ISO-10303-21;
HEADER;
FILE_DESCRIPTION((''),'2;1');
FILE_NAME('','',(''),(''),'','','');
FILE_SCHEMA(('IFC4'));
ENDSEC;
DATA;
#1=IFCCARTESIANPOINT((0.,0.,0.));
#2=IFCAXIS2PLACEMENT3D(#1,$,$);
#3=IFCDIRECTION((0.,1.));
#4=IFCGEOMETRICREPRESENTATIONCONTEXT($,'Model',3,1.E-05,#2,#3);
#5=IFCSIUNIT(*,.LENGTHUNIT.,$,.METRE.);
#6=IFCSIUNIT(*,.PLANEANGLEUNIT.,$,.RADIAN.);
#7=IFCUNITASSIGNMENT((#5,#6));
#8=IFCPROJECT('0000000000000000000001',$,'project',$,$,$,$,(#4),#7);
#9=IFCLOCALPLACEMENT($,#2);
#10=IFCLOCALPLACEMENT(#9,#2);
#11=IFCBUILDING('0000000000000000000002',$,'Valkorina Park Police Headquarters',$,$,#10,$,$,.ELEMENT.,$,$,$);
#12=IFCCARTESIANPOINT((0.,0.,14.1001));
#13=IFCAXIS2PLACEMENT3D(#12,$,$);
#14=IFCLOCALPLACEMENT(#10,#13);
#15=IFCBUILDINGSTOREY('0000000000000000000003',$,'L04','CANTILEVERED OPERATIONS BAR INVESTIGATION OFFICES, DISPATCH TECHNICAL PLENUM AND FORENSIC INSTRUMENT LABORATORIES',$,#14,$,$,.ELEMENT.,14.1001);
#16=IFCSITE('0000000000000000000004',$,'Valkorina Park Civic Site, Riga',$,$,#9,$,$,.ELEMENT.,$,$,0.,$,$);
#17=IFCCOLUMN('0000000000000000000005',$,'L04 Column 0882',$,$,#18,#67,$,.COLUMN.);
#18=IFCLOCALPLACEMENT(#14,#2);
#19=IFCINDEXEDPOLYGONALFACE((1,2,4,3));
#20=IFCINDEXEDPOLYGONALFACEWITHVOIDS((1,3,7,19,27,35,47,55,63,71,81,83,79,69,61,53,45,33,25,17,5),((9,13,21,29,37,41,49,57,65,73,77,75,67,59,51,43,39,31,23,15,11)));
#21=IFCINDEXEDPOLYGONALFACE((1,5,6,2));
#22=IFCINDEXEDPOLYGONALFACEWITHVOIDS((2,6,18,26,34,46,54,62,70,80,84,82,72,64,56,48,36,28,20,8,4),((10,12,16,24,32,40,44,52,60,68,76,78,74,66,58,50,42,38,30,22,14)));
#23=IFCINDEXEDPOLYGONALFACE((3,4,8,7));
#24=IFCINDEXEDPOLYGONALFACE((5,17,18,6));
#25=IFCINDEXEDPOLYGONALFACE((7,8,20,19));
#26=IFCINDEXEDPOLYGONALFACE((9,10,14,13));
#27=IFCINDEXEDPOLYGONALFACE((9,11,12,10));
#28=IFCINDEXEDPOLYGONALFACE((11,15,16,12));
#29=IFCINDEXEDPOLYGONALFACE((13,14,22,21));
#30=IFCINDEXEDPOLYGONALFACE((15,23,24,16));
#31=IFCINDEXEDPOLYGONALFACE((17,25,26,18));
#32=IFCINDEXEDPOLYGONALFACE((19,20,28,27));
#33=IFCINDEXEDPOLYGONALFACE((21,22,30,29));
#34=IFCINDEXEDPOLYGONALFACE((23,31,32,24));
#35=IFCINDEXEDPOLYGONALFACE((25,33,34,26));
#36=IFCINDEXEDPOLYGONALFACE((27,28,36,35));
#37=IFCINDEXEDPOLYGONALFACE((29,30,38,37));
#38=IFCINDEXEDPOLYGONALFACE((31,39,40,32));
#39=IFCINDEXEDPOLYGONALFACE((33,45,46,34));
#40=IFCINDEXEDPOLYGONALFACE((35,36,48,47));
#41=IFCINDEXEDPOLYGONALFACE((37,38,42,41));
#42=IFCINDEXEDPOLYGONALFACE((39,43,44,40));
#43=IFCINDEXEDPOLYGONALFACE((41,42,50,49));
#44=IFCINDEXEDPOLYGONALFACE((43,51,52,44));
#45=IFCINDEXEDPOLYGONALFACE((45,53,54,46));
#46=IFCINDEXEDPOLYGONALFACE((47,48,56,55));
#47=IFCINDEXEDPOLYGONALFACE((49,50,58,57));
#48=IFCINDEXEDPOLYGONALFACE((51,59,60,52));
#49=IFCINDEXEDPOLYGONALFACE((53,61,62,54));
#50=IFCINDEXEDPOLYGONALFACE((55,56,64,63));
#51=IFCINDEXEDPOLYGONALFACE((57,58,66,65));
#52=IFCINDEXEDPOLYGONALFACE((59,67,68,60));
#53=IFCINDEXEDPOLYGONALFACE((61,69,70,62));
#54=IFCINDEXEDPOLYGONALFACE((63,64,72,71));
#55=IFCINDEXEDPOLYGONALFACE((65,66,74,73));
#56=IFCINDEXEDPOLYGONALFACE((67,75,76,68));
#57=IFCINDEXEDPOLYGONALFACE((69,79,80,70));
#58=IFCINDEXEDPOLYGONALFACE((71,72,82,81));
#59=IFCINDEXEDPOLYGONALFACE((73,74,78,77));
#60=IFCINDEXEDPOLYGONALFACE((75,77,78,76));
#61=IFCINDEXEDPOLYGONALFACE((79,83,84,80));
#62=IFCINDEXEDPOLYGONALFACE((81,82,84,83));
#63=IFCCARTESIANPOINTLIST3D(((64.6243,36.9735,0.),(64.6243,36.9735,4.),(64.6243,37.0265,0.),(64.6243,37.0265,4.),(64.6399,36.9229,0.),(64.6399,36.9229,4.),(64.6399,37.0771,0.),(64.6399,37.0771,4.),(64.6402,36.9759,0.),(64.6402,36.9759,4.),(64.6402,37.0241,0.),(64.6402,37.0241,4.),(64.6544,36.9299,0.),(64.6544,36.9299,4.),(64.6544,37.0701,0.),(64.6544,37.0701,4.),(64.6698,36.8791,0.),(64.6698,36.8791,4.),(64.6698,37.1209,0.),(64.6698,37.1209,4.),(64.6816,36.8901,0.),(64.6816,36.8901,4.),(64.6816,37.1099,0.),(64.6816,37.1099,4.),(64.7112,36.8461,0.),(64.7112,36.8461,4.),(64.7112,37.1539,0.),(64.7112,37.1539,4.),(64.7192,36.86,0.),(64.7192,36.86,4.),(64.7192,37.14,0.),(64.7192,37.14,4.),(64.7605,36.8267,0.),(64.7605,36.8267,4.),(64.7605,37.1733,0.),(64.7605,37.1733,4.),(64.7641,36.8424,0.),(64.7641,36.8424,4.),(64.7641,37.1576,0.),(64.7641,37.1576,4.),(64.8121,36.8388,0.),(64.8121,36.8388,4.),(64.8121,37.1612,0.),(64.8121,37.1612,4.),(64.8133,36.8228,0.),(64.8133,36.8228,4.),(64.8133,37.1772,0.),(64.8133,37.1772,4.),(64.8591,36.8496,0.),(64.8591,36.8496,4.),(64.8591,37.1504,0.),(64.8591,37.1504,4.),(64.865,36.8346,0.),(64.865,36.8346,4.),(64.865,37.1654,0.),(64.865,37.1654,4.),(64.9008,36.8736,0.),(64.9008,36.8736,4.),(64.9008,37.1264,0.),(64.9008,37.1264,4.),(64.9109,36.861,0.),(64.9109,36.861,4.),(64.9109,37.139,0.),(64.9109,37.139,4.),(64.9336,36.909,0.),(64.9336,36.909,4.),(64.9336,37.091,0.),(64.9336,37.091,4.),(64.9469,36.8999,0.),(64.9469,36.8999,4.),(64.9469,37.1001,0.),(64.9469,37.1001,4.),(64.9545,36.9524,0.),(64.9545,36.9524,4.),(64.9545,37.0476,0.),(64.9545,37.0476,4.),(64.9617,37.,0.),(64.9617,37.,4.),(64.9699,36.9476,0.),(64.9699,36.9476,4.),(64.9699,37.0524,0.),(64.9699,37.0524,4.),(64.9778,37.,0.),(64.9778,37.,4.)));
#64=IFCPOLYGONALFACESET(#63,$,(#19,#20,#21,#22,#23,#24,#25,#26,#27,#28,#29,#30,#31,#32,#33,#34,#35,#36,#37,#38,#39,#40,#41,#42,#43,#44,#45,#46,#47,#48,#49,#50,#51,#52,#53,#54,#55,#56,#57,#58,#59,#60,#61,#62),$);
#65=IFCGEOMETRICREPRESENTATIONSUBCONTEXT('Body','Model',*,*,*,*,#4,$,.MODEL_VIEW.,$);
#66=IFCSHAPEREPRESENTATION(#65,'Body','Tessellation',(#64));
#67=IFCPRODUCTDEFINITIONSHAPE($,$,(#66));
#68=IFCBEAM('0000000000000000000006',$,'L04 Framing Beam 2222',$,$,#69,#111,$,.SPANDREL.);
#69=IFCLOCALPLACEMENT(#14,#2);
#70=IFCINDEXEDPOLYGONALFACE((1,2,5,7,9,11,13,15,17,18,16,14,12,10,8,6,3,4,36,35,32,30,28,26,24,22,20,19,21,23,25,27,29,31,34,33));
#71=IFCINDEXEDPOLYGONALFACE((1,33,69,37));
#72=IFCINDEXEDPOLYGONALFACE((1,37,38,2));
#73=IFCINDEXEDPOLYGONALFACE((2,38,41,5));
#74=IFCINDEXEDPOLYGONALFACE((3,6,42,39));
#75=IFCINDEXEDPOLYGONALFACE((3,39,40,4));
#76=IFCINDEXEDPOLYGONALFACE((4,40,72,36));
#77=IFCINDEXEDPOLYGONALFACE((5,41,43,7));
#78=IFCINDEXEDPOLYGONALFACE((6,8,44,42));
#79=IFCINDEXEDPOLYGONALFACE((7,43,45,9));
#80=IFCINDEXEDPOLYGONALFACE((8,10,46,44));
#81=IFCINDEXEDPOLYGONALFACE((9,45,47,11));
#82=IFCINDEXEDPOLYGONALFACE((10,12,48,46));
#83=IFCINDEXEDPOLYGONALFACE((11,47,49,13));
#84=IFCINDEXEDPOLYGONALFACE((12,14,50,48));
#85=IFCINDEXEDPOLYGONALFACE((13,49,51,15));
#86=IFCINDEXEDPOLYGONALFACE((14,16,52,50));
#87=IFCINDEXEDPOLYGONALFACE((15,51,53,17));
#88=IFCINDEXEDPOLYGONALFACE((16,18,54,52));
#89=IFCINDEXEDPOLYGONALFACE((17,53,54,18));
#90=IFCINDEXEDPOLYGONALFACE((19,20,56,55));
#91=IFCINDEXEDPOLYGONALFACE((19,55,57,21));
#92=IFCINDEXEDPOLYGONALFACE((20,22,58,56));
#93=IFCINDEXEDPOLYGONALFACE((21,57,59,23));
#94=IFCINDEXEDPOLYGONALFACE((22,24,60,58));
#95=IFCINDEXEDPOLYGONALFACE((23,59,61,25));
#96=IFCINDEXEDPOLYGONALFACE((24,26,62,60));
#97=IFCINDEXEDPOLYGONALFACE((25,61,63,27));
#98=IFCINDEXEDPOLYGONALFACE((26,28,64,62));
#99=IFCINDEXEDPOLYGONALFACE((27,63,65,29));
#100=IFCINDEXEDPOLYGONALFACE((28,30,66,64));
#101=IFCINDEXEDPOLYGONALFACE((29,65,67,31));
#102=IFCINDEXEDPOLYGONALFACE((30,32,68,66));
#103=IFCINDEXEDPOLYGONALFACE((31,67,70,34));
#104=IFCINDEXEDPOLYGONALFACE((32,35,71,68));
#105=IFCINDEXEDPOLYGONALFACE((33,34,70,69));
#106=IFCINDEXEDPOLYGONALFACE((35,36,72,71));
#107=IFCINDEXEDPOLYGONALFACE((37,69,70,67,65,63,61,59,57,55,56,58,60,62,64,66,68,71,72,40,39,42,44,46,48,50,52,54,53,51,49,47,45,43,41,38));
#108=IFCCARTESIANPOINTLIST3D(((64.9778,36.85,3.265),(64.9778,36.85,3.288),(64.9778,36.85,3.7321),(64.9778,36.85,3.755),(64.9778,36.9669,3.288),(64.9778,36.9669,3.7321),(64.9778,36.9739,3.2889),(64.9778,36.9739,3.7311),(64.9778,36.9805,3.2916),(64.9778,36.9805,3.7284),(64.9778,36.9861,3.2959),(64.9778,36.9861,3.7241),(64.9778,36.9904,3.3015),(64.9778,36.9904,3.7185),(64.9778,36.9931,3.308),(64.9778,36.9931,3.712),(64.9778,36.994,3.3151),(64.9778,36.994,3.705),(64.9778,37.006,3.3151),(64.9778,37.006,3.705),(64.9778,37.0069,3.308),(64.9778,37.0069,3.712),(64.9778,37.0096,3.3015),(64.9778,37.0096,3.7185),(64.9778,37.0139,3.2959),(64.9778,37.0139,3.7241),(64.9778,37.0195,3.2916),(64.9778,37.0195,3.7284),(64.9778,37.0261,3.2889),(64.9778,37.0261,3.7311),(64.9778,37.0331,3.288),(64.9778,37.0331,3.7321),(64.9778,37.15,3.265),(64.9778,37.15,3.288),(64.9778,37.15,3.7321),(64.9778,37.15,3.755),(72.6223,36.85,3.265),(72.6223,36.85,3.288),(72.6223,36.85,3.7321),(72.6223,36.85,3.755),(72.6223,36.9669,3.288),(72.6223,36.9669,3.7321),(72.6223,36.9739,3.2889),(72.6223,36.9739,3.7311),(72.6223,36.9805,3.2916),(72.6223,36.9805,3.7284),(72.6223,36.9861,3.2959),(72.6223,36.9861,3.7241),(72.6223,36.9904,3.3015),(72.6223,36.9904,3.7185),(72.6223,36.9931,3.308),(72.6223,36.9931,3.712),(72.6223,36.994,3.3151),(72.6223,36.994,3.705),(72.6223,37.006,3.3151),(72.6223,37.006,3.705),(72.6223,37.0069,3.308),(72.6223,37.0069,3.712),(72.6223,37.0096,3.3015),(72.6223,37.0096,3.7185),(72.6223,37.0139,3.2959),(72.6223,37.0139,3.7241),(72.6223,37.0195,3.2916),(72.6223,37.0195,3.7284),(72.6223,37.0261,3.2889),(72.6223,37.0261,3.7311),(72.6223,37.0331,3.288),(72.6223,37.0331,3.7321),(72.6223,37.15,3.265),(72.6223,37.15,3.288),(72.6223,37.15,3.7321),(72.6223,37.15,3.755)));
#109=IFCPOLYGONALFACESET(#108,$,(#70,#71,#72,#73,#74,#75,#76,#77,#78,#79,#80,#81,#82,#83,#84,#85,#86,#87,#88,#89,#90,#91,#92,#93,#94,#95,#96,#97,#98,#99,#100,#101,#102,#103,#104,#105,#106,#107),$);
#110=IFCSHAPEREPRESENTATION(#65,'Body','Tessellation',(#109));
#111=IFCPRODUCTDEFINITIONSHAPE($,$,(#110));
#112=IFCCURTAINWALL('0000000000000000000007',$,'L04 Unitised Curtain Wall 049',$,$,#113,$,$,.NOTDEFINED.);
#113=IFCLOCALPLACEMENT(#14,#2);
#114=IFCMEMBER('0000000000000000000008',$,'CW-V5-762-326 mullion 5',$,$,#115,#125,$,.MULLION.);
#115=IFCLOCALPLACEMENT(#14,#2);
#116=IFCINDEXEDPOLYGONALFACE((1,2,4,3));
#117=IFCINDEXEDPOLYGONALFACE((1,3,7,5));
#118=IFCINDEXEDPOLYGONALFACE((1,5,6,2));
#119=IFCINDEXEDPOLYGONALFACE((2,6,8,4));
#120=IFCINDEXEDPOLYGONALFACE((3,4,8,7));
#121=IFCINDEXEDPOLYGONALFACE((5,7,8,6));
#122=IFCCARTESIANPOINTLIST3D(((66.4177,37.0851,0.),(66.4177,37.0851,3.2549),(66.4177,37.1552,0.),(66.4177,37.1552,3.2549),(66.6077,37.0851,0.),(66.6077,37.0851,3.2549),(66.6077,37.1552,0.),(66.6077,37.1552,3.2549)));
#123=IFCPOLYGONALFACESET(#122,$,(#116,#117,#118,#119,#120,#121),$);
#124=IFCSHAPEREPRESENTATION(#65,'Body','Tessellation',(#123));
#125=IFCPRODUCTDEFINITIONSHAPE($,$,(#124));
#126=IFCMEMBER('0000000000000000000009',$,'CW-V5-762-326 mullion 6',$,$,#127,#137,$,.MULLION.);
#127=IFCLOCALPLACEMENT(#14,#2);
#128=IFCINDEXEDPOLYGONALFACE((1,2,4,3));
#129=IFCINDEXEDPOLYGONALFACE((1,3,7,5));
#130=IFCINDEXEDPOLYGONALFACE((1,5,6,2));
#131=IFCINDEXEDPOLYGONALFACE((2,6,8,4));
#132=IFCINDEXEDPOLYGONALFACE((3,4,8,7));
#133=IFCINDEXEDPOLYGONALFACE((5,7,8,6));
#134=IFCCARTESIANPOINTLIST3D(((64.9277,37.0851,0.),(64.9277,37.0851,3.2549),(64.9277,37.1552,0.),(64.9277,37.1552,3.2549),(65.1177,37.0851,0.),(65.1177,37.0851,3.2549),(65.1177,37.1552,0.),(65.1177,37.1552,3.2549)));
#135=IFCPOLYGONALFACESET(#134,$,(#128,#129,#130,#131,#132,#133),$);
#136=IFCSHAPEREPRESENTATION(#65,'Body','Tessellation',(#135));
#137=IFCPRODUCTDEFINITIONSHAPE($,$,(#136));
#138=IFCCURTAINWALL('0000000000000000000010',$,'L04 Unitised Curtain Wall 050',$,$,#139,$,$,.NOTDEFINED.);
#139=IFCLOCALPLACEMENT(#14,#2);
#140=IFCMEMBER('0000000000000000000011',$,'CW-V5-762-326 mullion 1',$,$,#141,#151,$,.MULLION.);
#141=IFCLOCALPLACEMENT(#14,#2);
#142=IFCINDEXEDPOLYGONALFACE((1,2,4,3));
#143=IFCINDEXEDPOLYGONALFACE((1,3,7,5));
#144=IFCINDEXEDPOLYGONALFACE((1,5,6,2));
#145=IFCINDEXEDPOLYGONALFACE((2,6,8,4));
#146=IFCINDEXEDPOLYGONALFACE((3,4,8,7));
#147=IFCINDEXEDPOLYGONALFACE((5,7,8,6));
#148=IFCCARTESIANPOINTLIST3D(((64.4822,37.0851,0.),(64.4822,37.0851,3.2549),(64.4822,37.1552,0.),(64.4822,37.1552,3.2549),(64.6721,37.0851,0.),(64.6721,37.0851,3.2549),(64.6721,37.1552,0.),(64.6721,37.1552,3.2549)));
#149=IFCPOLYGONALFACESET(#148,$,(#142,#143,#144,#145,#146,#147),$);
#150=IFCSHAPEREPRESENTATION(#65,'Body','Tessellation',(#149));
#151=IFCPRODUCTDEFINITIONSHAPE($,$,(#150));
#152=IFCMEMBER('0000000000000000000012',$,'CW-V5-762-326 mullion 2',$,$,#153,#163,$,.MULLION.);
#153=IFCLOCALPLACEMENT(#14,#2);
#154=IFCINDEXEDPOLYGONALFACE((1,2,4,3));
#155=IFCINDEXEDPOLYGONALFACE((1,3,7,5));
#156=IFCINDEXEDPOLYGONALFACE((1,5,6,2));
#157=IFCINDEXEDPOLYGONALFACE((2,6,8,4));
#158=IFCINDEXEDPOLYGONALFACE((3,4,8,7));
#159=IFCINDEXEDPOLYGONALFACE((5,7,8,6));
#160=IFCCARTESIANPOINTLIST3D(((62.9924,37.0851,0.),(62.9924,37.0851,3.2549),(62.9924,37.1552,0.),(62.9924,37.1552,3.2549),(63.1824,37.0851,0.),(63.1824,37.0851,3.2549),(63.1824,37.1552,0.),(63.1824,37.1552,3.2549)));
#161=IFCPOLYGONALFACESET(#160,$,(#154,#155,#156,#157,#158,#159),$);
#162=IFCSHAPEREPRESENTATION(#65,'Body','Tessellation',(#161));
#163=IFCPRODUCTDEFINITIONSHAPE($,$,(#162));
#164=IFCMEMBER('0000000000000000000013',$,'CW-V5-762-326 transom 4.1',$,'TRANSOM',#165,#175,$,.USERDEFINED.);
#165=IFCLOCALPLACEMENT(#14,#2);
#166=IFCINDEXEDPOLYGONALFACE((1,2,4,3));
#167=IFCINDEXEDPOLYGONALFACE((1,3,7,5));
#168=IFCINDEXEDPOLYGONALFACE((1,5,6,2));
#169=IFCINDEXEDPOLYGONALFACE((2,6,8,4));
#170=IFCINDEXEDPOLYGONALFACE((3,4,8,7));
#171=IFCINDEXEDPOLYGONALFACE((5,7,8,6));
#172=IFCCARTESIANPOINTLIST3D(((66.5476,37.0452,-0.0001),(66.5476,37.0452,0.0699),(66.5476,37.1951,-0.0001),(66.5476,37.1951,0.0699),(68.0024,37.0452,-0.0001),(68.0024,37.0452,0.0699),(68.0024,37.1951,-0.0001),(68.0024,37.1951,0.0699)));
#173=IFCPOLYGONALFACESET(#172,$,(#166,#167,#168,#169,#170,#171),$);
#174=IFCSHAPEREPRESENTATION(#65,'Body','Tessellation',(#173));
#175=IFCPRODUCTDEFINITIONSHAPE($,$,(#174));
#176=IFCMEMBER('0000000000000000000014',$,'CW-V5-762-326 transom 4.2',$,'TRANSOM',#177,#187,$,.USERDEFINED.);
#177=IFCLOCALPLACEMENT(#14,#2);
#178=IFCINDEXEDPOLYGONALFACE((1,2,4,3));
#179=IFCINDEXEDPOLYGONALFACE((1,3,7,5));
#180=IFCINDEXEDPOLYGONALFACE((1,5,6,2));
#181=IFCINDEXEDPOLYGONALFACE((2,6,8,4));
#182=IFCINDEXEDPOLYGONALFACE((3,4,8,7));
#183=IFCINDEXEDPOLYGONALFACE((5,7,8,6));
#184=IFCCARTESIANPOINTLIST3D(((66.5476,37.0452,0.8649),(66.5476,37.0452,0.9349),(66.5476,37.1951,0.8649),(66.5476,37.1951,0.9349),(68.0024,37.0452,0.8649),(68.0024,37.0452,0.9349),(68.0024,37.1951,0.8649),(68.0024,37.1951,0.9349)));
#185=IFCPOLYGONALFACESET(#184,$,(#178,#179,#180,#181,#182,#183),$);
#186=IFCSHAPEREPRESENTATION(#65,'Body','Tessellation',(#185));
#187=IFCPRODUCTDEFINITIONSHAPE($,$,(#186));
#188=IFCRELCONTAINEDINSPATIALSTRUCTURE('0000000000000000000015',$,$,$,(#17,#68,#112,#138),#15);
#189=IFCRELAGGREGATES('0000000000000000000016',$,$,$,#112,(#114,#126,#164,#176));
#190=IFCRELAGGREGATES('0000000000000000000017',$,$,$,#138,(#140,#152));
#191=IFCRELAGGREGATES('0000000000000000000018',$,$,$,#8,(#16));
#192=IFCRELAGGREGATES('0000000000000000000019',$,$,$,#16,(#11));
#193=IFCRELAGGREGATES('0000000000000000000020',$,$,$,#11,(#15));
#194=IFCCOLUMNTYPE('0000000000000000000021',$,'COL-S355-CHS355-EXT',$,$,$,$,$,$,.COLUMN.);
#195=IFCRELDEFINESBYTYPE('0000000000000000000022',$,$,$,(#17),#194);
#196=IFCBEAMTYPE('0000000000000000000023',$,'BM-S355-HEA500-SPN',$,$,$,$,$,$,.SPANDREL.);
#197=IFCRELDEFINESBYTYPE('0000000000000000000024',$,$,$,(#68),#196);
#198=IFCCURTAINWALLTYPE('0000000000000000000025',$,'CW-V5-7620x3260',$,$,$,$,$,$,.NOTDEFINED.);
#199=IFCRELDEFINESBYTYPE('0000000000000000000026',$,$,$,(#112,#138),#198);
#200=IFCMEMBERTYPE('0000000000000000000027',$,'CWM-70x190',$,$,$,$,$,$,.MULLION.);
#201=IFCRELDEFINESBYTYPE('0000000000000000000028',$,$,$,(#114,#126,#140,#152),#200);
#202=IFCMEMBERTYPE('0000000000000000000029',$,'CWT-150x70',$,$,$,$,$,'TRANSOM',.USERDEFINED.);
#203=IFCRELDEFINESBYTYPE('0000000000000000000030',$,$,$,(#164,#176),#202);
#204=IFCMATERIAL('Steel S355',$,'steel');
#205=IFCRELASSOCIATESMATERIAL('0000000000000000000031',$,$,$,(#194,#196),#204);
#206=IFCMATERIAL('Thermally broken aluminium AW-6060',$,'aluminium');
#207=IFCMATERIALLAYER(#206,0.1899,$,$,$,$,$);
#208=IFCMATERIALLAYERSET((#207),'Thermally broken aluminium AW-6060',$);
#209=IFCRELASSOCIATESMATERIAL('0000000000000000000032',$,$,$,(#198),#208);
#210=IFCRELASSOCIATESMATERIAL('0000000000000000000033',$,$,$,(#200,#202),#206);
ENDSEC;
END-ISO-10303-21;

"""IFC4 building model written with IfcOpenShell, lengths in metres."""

from ifc_helpers import new_model, si_unit, direction, frame, origin, origin_2d, place, context, subcontext, project, spatial, rectangle, hollow_circle, i_section, extrude, material, layer, layer_set, material_profile, profile_set, type_object, element, aggregate, save


model = new_model("IFC4")

# Units and contexts
model_context = context("Model", 3, precision=1e-05, world=origin(), true_north=direction((0.0, 1.0)))
body_context = subcontext(model_context, "Body", "Model", "MODEL_VIEW")
ifc_project = project(units=[si_unit("LENGTHUNIT", "METRE"), si_unit("PLANEANGLEUNIT", "RADIAN")], contexts=[model_context])

# Site, building, storey
site_placement = place(None, origin())
site = spatial("IfcSite", under=ifc_project, at=site_placement, Name="Valkorina Park Civic Site, Riga", CompositionType="ELEMENT", RefElevation=0.0)
building_placement = place(site_placement, origin())
building = spatial("IfcBuilding", under=site, at=building_placement, Name="Valkorina Park Police Headquarters", CompositionType="ELEMENT")
storey_placement = place(building_placement, frame((0.0, 0.0, 14.1001)))
storey = spatial("IfcBuildingStorey", under=building, at=storey_placement, Name="L04", Description="CANTILEVERED OPERATIONS BAR INVESTIGATION OFFICES, DISPATCH TECHNICAL PLENUM AND FORENSIC INSTRUMENT LABORATORIES", CompositionType="ELEMENT", Elevation=14.1001)

# Column
ifc_material_1 = material(Name="Steel S355", Category="steel")
ifc_material_profile_1 = material_profile(ifc_material_1, hollow_circle(Radius=0.1777, WallThickness=0.0161, at=origin_2d()), Name="CHS 355.6x16")
ifc_profile_set_1 = profile_set([ifc_material_profile_1], Name="Steel S355")
column_type = type_object("IfcColumnType", Name="COL-S355-CHS355-EXT", PredefinedType="COLUMN", material=ifc_profile_set_1)
column_placement = place(storey_placement, frame((64.8, 37.0, 0.0), z_axis=(0.0, 0.0, 1.0), x_axis=(1.0, 0.0, 0.0)))
element("IfcColumn", 1, at=column_placement, inside=storey, type_object=column_type, Name="L04 Column 0882", PredefinedType="COLUMN", context=body_context, shape_type="SweptSolid", body=[
    extrude(hollow_circle(Radius=0.1777, WallThickness=0.0161, at=origin_2d()), origin(), (0.0, 0.0, 1.0), 4.0),
])

# Beam
ifc_material_profile_2 = material_profile(ifc_material_1, i_section(OverallWidth=0.3, OverallDepth=0.49, WebThickness=0.012, FlangeThickness=0.0229, FilletRadius=0.0271, at=origin_2d()), Name="HEA 500")
ifc_profile_set_2 = profile_set([ifc_material_profile_2], Name="Steel S355")
beam_type = type_object("IfcBeamType", Name="BM-S355-HEA500-SPN", PredefinedType="SPANDREL", material=ifc_profile_set_2)
beam_placement = place(storey_placement, frame((64.9778, 37.0, 3.51), z_axis=(1.0, 0.0, 0.0), x_axis=(0.0, 1.0, 0.0)))
element("IfcBeam", 2, at=beam_placement, inside=storey, type_object=beam_type, Name="L04 Framing Beam 2222", PredefinedType="SPANDREL", context=body_context, shape_type="SweptSolid", body=[
    extrude(i_section(OverallWidth=0.3, OverallDepth=0.49, WebThickness=0.012, FlangeThickness=0.0229, FilletRadius=0.0271, at=origin_2d()), origin(), (0.0, 0.0, 1.0), 7.6445),
])

# Curtain walls, members
ifc_material_2 = material(Name="Thermally broken aluminium AW-6060", Category="aluminium")
ifc_layer_1 = layer(ifc_material_2, 0.1899)
ifc_layer_set_1 = layer_set([ifc_layer_1], Name="Thermally broken aluminium AW-6060")
curtain_wall_type = type_object("IfcCurtainWallType", Name="CW-V5-7620x3260", PredefinedType="NOTDEFINED", material=ifc_layer_set_1)
curtain_wall_1_placement = place(storey_placement, origin())
curtain_wall_1 = element("IfcCurtainWall", 3, at=curtain_wall_1_placement, inside=storey, type_object=curtain_wall_type, Name="L04 Unitised Curtain Wall 049", PredefinedType="NOTDEFINED")
ifc_material_profile_3 = material_profile(ifc_material_2, rectangle(XDim=0.0701, YDim=0.1899, at=origin_2d()), Name="CWM-02 70x190")
ifc_profile_set_3 = profile_set([ifc_material_profile_3], Name="Thermally broken aluminium AW-6060")
member_type_1 = type_object("IfcMemberType", Name="CWM-70x190", PredefinedType="MULLION", material=ifc_profile_set_3)
member_1_placement = place(storey_placement, frame((66.5127, 37.1201, 0.0), z_axis=(0.0, 0.0, 1.0), x_axis=(0.0, -1.0, 0.0)))
member_1 = element("IfcMember", 4, at=member_1_placement, type_object=member_type_1, Name="CW-V5-762-326 mullion 5", PredefinedType="MULLION", context=body_context, shape_type="SweptSolid", body=[
    extrude(rectangle(XDim=0.0701, YDim=0.1899, at=origin_2d()), origin(), (0.0, 0.0, 1.0), 3.2549),
])
member_2_placement = place(storey_placement, frame((65.0227, 37.1201, 0.0), z_axis=(0.0, 0.0, 1.0), x_axis=(0.0, -1.0, 0.0)))
member_2 = element("IfcMember", 5, at=member_2_placement, type_object=member_type_1, Name="CW-V5-762-326 mullion 6", PredefinedType="MULLION", context=body_context, shape_type="SweptSolid", body=[
    extrude(rectangle(XDim=0.0701, YDim=0.1899, at=origin_2d()), origin(), (0.0, 0.0, 1.0), 3.2549),
])
curtain_wall_2_placement = place(storey_placement, origin())
curtain_wall_2 = element("IfcCurtainWall", 6, at=curtain_wall_2_placement, inside=storey, type_object=curtain_wall_type, Name="L04 Unitised Curtain Wall 050", PredefinedType="NOTDEFINED")
member_3_placement = place(storey_placement, frame((64.5771, 37.1201, 0.0), z_axis=(0.0, 0.0, 1.0), x_axis=(0.0, -1.0, 0.0)))
member_3 = element("IfcMember", 7, at=member_3_placement, type_object=member_type_1, Name="CW-V5-762-326 mullion 1", PredefinedType="MULLION", context=body_context, shape_type="SweptSolid", body=[
    extrude(rectangle(XDim=0.0701, YDim=0.1899, at=origin_2d()), origin(), (0.0, 0.0, 1.0), 3.2549),
])
member_4_placement = place(storey_placement, frame((63.0874, 37.1201, 0.0), z_axis=(0.0, 0.0, 1.0), x_axis=(0.0, -1.0, 0.0)))
member_4 = element("IfcMember", 8, at=member_4_placement, type_object=member_type_1, Name="CW-V5-762-326 mullion 2", PredefinedType="MULLION", context=body_context, shape_type="SweptSolid", body=[
    extrude(rectangle(XDim=0.0701, YDim=0.1899, at=origin_2d()), origin(), (0.0, 0.0, 1.0), 3.2549),
])

# Members
ifc_material_profile_4 = material_profile(ifc_material_2, rectangle(XDim=0.1499, YDim=0.0701, at=origin_2d()), Name="CWT-02 150x70")
ifc_profile_set_4 = profile_set([ifc_material_profile_4], Name="Thermally broken aluminium AW-6060")
member_type_2 = type_object("IfcMemberType", Name="CWT-150x70", ElementType="TRANSOM", PredefinedType="USERDEFINED", material=ifc_profile_set_4)
member_5_placement = place(storey_placement, frame((68.0024, 37.1201, 0.0349), z_axis=(-1.0, 0.0, 0.0), x_axis=(0.0, -1.0, 0.0)))
member_5 = element("IfcMember", 9, at=member_5_placement, type_object=member_type_2, Name="CW-V5-762-326 transom 4.1", ObjectType="TRANSOM", PredefinedType="USERDEFINED", context=body_context, shape_type="SweptSolid", body=[
    extrude(rectangle(XDim=0.1499, YDim=0.0701, at=origin_2d()), origin(), (0.0, 0.0, 1.0), 1.4548),
])
member_6_placement = place(storey_placement, frame((68.0024, 37.1201, 0.8999), z_axis=(-1.0, 0.0, 0.0), x_axis=(0.0, -1.0, 0.0)))
member_6 = element("IfcMember", 10, at=member_6_placement, type_object=member_type_2, Name="CW-V5-762-326 transom 4.2", ObjectType="TRANSOM", PredefinedType="USERDEFINED", context=body_context, shape_type="SweptSolid", body=[
    extrude(rectangle(XDim=0.1499, YDim=0.0701, at=origin_2d()), origin(), (0.0, 0.0, 1.0), 1.4548),
])

aggregate(curtain_wall_1, [member_1, member_2, member_5, member_6])
aggregate(curtain_wall_2, [member_3, member_4])

save(model, "model.ifc")
